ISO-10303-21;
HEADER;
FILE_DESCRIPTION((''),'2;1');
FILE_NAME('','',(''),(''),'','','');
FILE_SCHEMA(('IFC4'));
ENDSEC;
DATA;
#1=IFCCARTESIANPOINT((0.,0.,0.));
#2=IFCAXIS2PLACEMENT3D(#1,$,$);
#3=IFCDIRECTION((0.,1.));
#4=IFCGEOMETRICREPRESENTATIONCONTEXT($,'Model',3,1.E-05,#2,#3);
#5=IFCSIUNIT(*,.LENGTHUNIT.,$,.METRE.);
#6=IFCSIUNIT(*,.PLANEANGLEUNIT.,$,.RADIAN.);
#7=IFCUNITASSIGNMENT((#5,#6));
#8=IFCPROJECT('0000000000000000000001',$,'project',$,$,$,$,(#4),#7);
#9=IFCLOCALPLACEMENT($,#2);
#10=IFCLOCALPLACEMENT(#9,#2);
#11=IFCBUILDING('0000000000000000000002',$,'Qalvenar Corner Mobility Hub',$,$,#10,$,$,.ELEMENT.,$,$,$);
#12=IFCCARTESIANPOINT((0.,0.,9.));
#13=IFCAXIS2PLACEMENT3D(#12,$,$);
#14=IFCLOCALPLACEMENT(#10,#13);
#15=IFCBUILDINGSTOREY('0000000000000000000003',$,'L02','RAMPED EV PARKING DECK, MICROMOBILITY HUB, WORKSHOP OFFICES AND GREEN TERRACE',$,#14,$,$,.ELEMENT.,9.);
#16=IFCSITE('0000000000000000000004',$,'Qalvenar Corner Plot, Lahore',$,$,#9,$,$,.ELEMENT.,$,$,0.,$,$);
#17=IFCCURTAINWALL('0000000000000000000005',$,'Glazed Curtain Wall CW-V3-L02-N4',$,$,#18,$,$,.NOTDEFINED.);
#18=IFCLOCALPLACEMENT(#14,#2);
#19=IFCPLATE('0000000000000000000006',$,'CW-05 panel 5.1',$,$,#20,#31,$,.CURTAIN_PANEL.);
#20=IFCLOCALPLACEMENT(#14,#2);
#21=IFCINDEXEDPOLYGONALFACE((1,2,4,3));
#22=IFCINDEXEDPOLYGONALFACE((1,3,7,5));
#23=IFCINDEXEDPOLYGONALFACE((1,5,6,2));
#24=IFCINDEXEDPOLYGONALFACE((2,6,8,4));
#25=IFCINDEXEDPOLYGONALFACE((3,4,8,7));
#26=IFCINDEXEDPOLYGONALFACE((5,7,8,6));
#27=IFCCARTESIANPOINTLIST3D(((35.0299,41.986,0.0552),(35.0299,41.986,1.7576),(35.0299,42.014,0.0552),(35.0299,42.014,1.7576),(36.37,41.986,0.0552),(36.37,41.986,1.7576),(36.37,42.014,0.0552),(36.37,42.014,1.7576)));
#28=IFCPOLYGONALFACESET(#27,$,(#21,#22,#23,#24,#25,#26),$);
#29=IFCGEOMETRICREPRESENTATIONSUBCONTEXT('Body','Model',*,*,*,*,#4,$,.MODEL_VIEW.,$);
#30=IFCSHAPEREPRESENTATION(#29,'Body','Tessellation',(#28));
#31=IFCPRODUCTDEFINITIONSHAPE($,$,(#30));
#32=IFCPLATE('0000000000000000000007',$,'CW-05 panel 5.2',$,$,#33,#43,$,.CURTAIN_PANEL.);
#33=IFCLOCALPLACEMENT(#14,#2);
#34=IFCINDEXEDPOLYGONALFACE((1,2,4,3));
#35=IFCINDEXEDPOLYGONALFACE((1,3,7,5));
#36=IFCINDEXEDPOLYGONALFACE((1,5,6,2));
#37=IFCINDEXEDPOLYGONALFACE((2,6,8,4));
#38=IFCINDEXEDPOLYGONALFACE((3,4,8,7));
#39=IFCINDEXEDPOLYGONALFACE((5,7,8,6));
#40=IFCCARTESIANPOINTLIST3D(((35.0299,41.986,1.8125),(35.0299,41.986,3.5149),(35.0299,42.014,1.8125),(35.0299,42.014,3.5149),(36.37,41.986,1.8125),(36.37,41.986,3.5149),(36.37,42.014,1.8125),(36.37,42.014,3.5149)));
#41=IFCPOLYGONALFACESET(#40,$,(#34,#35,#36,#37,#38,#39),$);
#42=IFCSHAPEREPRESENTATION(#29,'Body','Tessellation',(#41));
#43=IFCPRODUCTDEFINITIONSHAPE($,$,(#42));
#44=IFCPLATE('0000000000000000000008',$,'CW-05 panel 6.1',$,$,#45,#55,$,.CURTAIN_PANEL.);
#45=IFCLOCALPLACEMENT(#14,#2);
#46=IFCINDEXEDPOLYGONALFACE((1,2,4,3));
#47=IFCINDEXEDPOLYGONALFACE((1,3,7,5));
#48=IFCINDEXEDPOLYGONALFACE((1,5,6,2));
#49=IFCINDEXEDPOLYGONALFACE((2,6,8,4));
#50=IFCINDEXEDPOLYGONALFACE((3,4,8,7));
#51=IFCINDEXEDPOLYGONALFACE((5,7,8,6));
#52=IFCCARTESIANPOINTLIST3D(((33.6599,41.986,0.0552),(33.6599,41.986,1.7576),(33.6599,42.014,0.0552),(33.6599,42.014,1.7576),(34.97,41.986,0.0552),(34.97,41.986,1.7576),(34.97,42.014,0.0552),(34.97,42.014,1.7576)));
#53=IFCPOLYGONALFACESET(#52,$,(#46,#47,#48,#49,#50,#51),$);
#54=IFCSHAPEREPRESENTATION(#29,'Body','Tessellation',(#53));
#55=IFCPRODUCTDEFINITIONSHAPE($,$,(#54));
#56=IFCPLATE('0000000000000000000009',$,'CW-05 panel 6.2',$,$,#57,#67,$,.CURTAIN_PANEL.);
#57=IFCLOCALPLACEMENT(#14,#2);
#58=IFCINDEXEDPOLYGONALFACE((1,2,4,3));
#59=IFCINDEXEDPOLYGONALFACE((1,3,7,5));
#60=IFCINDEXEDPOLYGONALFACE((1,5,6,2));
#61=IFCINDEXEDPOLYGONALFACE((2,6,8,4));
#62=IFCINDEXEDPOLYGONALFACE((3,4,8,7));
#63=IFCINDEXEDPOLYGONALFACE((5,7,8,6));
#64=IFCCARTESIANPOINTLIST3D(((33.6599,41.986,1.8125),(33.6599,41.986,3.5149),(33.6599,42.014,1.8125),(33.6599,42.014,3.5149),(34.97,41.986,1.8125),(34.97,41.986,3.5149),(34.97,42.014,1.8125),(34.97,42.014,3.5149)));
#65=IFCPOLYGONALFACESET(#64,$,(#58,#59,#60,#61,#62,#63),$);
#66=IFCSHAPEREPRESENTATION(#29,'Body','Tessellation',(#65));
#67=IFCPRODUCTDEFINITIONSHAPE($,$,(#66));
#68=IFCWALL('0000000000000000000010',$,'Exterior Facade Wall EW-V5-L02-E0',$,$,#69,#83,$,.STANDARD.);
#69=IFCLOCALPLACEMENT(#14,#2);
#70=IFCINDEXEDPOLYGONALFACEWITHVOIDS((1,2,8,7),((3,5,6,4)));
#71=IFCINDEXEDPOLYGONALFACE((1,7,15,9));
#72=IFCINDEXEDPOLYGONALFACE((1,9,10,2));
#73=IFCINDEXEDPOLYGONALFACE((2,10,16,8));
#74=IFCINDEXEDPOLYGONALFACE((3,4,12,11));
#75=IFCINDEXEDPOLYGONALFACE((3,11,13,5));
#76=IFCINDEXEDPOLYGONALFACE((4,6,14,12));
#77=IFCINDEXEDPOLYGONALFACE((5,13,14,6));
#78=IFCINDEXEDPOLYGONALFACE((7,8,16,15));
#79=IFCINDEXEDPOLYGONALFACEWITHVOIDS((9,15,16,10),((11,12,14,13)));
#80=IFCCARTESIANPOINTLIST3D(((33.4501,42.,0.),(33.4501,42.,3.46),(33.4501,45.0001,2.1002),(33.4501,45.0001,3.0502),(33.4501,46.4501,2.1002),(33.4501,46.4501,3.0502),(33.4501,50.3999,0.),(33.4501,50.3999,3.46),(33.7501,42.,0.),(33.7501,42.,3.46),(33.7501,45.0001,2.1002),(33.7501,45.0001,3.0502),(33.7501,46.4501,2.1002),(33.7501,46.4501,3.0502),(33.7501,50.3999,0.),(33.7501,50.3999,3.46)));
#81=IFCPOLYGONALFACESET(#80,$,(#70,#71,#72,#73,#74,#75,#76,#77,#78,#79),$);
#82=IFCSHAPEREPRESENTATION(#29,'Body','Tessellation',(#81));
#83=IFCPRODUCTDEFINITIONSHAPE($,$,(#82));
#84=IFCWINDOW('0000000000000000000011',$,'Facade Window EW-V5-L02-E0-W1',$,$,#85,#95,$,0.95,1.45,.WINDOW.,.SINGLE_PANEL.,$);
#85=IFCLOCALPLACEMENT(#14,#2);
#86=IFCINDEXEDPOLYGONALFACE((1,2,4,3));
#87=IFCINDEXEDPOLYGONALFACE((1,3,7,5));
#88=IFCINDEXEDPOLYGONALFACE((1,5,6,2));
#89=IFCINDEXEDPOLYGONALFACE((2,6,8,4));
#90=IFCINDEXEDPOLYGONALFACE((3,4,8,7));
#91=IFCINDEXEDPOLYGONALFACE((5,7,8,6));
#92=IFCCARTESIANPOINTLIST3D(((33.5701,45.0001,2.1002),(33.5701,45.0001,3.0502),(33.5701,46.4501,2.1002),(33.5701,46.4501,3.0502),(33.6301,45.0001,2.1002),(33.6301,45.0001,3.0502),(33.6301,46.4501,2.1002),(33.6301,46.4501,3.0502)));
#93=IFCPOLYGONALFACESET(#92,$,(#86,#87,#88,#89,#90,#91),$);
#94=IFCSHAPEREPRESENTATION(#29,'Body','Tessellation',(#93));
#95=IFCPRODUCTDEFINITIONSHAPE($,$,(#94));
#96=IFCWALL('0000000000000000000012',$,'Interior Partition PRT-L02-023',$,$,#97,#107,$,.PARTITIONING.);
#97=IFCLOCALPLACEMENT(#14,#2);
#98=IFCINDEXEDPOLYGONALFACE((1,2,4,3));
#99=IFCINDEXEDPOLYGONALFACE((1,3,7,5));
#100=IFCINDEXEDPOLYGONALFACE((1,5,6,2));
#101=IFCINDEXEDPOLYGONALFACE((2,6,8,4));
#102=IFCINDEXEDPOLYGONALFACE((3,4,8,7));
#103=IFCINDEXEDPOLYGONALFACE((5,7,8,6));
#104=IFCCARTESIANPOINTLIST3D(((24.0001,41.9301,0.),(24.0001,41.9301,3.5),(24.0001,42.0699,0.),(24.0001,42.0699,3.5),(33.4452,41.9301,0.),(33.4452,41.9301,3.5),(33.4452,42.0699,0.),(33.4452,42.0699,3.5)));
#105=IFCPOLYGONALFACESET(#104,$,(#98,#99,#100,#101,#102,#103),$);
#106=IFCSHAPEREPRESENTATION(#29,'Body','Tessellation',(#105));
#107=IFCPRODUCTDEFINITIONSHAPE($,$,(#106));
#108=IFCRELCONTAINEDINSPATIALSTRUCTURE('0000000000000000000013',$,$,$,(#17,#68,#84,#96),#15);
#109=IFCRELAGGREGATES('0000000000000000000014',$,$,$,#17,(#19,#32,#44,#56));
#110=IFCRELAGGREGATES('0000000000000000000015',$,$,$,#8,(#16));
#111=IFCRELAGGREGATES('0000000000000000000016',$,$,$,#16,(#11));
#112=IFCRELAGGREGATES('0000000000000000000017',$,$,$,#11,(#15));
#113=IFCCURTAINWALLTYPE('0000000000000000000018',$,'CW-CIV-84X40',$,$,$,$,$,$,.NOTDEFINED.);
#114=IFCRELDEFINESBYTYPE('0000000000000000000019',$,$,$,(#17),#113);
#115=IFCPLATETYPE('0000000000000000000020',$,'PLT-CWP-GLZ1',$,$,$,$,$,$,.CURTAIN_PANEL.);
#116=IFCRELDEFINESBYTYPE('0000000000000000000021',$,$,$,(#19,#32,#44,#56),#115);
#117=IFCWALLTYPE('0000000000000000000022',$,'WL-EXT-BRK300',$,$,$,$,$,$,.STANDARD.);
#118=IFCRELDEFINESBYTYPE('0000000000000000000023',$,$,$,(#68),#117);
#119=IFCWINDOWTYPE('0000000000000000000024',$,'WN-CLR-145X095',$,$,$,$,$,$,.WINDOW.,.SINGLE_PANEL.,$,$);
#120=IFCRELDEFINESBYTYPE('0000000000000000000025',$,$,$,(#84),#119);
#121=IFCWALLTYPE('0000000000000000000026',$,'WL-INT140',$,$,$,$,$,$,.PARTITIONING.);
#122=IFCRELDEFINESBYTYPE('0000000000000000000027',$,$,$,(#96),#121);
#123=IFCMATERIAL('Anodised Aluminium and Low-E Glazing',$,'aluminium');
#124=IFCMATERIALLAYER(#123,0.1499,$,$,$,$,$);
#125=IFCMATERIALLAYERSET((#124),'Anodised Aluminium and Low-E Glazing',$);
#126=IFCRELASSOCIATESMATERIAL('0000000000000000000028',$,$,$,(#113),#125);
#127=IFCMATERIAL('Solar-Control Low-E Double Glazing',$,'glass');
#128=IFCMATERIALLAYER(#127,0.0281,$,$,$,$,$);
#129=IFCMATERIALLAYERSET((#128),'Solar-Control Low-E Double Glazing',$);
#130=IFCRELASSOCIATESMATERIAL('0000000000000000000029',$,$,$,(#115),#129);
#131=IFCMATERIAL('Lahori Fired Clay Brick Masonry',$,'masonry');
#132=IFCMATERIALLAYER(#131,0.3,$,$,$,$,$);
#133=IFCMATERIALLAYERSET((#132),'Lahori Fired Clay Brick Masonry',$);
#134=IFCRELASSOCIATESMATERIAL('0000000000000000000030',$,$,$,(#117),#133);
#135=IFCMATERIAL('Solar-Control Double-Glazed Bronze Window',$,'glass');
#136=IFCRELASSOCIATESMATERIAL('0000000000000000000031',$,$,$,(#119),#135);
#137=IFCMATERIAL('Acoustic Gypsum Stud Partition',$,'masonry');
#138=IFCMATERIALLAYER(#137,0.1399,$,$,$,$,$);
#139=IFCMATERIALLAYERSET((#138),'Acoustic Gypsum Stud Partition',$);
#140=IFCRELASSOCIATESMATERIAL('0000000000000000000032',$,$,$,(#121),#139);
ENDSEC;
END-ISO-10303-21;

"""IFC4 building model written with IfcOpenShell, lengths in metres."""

from ifc_helpers import new_model, si_unit, direction, frame, frame_2d, origin, origin_2d, place, context, subcontext, project, spatial, rectangle, extrude, material, layer, layer_set, type_object, element, fill, aggregate, save


model = new_model("IFC4")

# Units and contexts
model_context = context("Model", 3, precision=1e-05, world=origin(), true_north=direction((0.0, 1.0)))
body_context = subcontext(model_context, "Body", "Model", "MODEL_VIEW")
ifc_project = project(units=[si_unit("LENGTHUNIT", "METRE"), si_unit("PLANEANGLEUNIT", "RADIAN")], contexts=[model_context])

# Site, building, storey
site_placement = place(None, origin())
site = spatial("IfcSite", under=ifc_project, at=site_placement, Name="Qalvenar Corner Plot, Lahore", CompositionType="ELEMENT", RefElevation=0.0)
building_placement = place(site_placement, origin())
building = spatial("IfcBuilding", under=site, at=building_placement, Name="Qalvenar Corner Mobility Hub", CompositionType="ELEMENT")
storey_placement = place(building_placement, frame((0.0, 0.0, 9.0)))
storey = spatial("IfcBuildingStorey", under=building, at=storey_placement, Name="L02", Description="RAMPED EV PARKING DECK, MICROMOBILITY HUB, WORKSHOP OFFICES AND GREEN TERRACE", CompositionType="ELEMENT", Elevation=9.0)

# Curtain wall
ifc_material_1 = material(Name="Anodised Aluminium and Low-E Glazing", Category="aluminium")
ifc_layer_1 = layer(ifc_material_1, 0.1499)
ifc_layer_set_1 = layer_set([ifc_layer_1], Name="Anodised Aluminium and Low-E Glazing")
curtain_wall_type = type_object("IfcCurtainWallType", Name="CW-CIV-84X40", PredefinedType="NOTDEFINED", material=ifc_layer_set_1)
curtain_wall_placement = place(storey_placement, origin())
curtain_wall = element("IfcCurtainWall", 1, at=curtain_wall_placement, inside=storey, type_object=curtain_wall_type, Name="Glazed Curtain Wall CW-V3-L02-N4", PredefinedType="NOTDEFINED")

# Plates
ifc_material_2 = material(Name="Solar-Control Low-E Double Glazing", Category="glass")
ifc_layer_2 = layer(ifc_material_2, 0.0281)
ifc_layer_set_2 = layer_set([ifc_layer_2], Name="Solar-Control Low-E Double Glazing")
plate_type = type_object("IfcPlateType", Name="PLT-CWP-GLZ1", PredefinedType="CURTAIN_PANEL", material=ifc_layer_set_2)
plate_1_placement = place(storey_placement, frame((35.7, 42.0, 0.0552), z_axis=(0.0, 0.0, 1.0), x_axis=(-1.0, 0.0, 0.0)))
plate_1 = element("IfcPlate", 2, at=plate_1_placement, type_object=plate_type, Name="CW-05 panel 5.1", PredefinedType="CURTAIN_PANEL", context=body_context, shape_type="SweptSolid", body=[
    extrude(rectangle(XDim=1.3401, YDim=0.0281, at=origin_2d()), origin(), (0.0, 0.0, 1.0), 1.7024),
])
plate_2_placement = place(storey_placement, frame((35.7, 42.0, 1.8125), z_axis=(0.0, 0.0, 1.0), x_axis=(-1.0, 0.0, 0.0)))
plate_2 = element("IfcPlate", 3, at=plate_2_placement, type_object=plate_type, Name="CW-05 panel 5.2", PredefinedType="CURTAIN_PANEL", context=body_context, shape_type="SweptSolid", body=[
    extrude(rectangle(XDim=1.3401, YDim=0.0281, at=origin_2d()), origin(), (0.0, 0.0, 1.0), 1.7024),
])
plate_3_placement = place(storey_placement, frame((34.3149, 42.0, 0.0552), z_axis=(0.0, 0.0, 1.0), x_axis=(-1.0, 0.0, 0.0)))
plate_3 = element("IfcPlate", 4, at=plate_3_placement, type_object=plate_type, Name="CW-05 panel 6.1", PredefinedType="CURTAIN_PANEL", context=body_context, shape_type="SweptSolid", body=[
    extrude(rectangle(XDim=1.3101, YDim=0.0281, at=origin_2d()), origin(), (0.0, 0.0, 1.0), 1.7024),
])
plate_4_placement = place(storey_placement, frame((34.3149, 42.0, 1.8125), z_axis=(0.0, 0.0, 1.0), x_axis=(-1.0, 0.0, 0.0)))
plate_4 = element("IfcPlate", 5, at=plate_4_placement, type_object=plate_type, Name="CW-05 panel 6.2", PredefinedType="CURTAIN_PANEL", context=body_context, shape_type="SweptSolid", body=[
    extrude(rectangle(XDim=1.3101, YDim=0.0281, at=origin_2d()), origin(), (0.0, 0.0, 1.0), 1.7024),
])
aggregate(curtain_wall, [plate_1, plate_2, plate_3, plate_4])

# Wall, opening, window
ifc_material_3 = material(Name="Lahori Fired Clay Brick Masonry", Category="masonry")
ifc_layer_3 = layer(ifc_material_3, 0.3)
ifc_layer_set_3 = layer_set([ifc_layer_3], Name="Lahori Fired Clay Brick Masonry")
wall_type_1 = type_object("IfcWallType", Name="WL-EXT-BRK300", PredefinedType="STANDARD", material=ifc_layer_set_3)
wall_1_placement = place(storey_placement, frame((33.6001, 42.0, 0.0), z_axis=(0.0, 0.0, 1.0), x_axis=(0.0, 1.0, 0.0)))
wall_1 = element("IfcWall", 6, at=wall_1_placement, inside=storey, type_object=wall_type_1, Name="Exterior Facade Wall EW-V5-L02-E0", PredefinedType="STANDARD", context=body_context, shape_type="SweptSolid", body=[
    extrude(rectangle(XDim=8.3999, YDim=0.3, at=frame_2d((4.2, 0.0))), origin(), (0.0, 0.0, 1.0), 3.46),
])
opening_placement = place(wall_1_placement, frame((3.0, 0.0, 2.1001)))
opening = element("IfcOpeningElement", 7, at=opening_placement, cuts=wall_1, PredefinedType="OPENING", context=body_context, shape_type="SweptSolid", body=[
    extrude(rectangle(XDim=1.45, YDim=0.95, at=frame_2d((0.7251, 0.4751))), frame((0.0, 0.1602, 0.0), z_axis=(0.0, -1.0, 0.0), x_axis=(1.0, 0.0, 0.0)), (0.0, 0.0, 1.0), 0.3201),
])
ifc_material_4 = material(Name="Solar-Control Double-Glazed Bronze Window", Category="glass")
window_type = type_object("IfcWindowType", Name="WN-CLR-145X095", PartitioningType="SINGLE_PANEL", PredefinedType="WINDOW", material=ifc_material_4)
window_placement = place(opening_placement, origin())
window = element("IfcWindow", 8, at=window_placement, inside=storey, type_object=window_type, Name="Facade Window EW-V5-L02-E0-W1", OverallHeight=0.95, OverallWidth=1.45, PartitioningType="SINGLE_PANEL", PredefinedType="WINDOW", context=body_context, shape_type="SweptSolid", body=[
    extrude(rectangle(XDim=1.45, YDim=0.95, at=frame_2d((0.7251, 0.4751))), frame((0.0, 0.03, 0.0), z_axis=(0.0, -1.0, 0.0), x_axis=(1.0, 0.0, 0.0)), (0.0, 0.0, 1.0), 0.0601),
])
fill(opening, window)

# Wall
ifc_material_5 = material(Name="Acoustic Gypsum Stud Partition", Category="masonry")
ifc_layer_4 = layer(ifc_material_5, 0.1399)
ifc_layer_set_4 = layer_set([ifc_layer_4], Name="Acoustic Gypsum Stud Partition")
wall_type_2 = type_object("IfcWallType", Name="WL-INT140", PredefinedType="PARTITIONING", material=ifc_layer_set_4)
wall_2_placement = place(storey_placement, frame((24.0, 42.0, 0.0), z_axis=(0.0, 0.0, 1.0), x_axis=(1.0, 0.0, 0.0)))
element("IfcWall", 9, at=wall_2_placement, inside=storey, type_object=wall_type_2, Name="Interior Partition PRT-L02-023", PredefinedType="PARTITIONING", context=body_context, shape_type="SweptSolid", body=[
    extrude(rectangle(XDim=9.4451, YDim=0.1399, at=frame_2d((4.7227, 0.0))), origin(), (0.0, 0.0, 1.0), 3.5),
])

save(model, "model.ifc")
